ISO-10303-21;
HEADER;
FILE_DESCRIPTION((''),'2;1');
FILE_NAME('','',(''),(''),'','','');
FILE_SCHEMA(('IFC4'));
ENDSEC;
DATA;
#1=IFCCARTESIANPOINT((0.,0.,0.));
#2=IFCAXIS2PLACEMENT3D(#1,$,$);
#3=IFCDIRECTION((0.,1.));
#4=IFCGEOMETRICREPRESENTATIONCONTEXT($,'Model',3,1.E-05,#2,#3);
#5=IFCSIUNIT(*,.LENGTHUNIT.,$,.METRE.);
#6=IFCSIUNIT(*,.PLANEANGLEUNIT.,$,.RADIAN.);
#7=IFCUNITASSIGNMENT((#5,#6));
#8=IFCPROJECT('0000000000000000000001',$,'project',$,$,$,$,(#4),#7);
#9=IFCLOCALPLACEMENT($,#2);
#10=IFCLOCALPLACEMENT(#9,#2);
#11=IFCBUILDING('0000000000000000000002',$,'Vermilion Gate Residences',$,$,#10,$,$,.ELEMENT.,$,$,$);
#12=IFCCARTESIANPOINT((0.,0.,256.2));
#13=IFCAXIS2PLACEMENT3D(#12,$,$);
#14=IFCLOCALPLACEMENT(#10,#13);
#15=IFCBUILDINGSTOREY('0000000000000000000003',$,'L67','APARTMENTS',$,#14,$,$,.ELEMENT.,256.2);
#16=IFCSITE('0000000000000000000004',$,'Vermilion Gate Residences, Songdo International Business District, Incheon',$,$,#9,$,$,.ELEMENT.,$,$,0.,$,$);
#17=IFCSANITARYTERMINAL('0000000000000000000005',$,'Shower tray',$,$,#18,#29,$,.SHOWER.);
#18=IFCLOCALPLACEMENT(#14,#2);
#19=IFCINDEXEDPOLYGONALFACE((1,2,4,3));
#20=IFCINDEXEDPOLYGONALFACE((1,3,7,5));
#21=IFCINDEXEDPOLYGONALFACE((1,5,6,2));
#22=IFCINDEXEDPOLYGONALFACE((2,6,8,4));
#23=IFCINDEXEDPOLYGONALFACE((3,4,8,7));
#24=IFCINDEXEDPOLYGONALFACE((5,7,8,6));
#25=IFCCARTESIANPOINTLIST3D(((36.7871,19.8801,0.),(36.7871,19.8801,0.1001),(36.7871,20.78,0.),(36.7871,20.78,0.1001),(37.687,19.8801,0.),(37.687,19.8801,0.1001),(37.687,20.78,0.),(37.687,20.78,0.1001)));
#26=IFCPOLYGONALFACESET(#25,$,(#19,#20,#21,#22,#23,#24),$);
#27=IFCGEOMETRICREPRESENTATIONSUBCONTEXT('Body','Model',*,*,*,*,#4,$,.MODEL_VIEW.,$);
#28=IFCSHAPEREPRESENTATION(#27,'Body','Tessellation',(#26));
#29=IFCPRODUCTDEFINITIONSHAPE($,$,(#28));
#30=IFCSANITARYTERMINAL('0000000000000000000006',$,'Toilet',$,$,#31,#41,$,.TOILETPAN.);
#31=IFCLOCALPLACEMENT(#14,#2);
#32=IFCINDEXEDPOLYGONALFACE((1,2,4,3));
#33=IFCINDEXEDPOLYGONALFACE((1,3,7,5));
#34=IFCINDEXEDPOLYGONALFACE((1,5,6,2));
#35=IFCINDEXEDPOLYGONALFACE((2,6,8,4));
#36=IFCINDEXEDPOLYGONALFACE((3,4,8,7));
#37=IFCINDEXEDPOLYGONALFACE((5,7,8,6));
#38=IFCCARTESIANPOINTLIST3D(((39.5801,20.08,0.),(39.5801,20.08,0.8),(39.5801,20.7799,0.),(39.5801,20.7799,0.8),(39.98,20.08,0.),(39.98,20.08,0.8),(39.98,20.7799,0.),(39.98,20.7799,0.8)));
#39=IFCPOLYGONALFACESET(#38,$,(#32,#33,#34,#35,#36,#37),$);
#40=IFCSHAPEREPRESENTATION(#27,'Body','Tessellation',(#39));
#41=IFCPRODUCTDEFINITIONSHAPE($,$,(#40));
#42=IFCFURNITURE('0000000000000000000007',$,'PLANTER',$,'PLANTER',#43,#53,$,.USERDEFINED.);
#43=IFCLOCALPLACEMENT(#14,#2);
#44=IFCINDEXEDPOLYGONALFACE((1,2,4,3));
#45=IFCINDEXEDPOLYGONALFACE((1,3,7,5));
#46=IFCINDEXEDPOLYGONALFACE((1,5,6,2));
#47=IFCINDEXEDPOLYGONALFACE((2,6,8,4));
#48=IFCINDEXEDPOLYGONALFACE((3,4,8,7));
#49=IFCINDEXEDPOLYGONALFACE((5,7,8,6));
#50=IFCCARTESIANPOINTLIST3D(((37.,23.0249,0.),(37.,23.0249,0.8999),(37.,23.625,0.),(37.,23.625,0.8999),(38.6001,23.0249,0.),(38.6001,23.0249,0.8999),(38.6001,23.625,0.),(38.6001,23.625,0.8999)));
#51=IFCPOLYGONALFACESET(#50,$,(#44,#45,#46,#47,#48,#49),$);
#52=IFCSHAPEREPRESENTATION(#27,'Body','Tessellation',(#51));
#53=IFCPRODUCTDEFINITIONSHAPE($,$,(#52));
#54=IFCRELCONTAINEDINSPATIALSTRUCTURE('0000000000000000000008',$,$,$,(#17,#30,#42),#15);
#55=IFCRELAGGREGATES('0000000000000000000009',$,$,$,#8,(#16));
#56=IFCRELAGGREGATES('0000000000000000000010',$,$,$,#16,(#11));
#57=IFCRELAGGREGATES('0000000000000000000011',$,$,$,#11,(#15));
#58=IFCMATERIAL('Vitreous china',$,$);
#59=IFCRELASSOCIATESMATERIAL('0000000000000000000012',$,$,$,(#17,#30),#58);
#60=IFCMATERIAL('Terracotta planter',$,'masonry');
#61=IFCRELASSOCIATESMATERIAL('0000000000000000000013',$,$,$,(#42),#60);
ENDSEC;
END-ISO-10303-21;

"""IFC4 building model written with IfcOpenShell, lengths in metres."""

from ifc_helpers import new_model, si_unit, direction, frame, origin, origin_2d, place, context, subcontext, project, spatial, rectangle, extrude, material, element, save


model = new_model("IFC4")

# Units and contexts
model_context = context("Model", 3, precision=1e-05, world=origin(), true_north=direction((0.0, 1.0)))
body_context = subcontext(model_context, "Body", "Model", "MODEL_VIEW")
ifc_project = project(units=[si_unit("LENGTHUNIT", "METRE"), si_unit("PLANEANGLEUNIT", "RADIAN")], contexts=[model_context])

# Site, building, storey
site_placement = place(None, origin())
site = spatial("IfcSite", under=ifc_project, at=site_placement, Name="Vermilion Gate Residences, Songdo International Business District, Incheon", CompositionType="ELEMENT", RefElevation=0.0)
building_placement = place(site_placement, origin())
building = spatial("IfcBuilding", under=site, at=building_placement, Name="Vermilion Gate Residences", CompositionType="ELEMENT")
storey_placement = place(building_placement, frame((0.0, 0.0, 256.2)))
storey = spatial("IfcBuildingStorey", under=building, at=storey_placement, Name="L67", Description="APARTMENTS", CompositionType="ELEMENT", Elevation=256.2)

# Sanitary terminals
ifc_material_1 = material(Name="Vitreous china")
sanitary_terminal_1_placement = place(storey_placement, frame((37.2371, 20.3301, 0.0), z_axis=(0.0, 0.0, 1.0), x_axis=(1.0, 0.0, 0.0)))
element("IfcSanitaryTerminal", 1, at=sanitary_terminal_1_placement, inside=storey, material=ifc_material_1, Name="Shower tray", PredefinedType="SHOWER", context=body_context, shape_type="SweptSolid", body=[
    extrude(rectangle(XDim=0.8999, YDim=0.8999, at=origin_2d()), origin(), (0.0, 0.0, 1.0), 0.1001),
])
sanitary_terminal_2_placement = place(storey_placement, frame((39.78, 20.4299, 0.0), z_axis=(0.0, 0.0, 1.0), x_axis=(1.0, 0.0, 0.0)))
element("IfcSanitaryTerminal", 2, at=sanitary_terminal_2_placement, inside=storey, material=ifc_material_1, Name="Toilet", PredefinedType="TOILETPAN", context=body_context, shape_type="SweptSolid", body=[
    extrude(rectangle(XDim=0.3999, YDim=0.7, at=origin_2d()), origin(), (0.0, 0.0, 1.0), 0.8),
])

# Furniture
ifc_material_2 = material(Name="Terracotta planter", Category="masonry")
furniture_placement = place(storey_placement, frame((37.8, 23.325, 0.0), z_axis=(0.0, 0.0, 1.0), x_axis=(-1.0, 0.0, 0.0)))
element("IfcFurniture", 3, at=furniture_placement, inside=storey, material=ifc_material_2, Name="PLANTER", ObjectType="PLANTER", PredefinedType="USERDEFINED", context=body_context, shape_type="SweptSolid", body=[
    extrude(rectangle(XDim=1.6001, YDim=0.6001, at=origin_2d()), origin(), (0.0, 0.0, 1.0), 0.8999),
])

save(model, "model.ifc")
